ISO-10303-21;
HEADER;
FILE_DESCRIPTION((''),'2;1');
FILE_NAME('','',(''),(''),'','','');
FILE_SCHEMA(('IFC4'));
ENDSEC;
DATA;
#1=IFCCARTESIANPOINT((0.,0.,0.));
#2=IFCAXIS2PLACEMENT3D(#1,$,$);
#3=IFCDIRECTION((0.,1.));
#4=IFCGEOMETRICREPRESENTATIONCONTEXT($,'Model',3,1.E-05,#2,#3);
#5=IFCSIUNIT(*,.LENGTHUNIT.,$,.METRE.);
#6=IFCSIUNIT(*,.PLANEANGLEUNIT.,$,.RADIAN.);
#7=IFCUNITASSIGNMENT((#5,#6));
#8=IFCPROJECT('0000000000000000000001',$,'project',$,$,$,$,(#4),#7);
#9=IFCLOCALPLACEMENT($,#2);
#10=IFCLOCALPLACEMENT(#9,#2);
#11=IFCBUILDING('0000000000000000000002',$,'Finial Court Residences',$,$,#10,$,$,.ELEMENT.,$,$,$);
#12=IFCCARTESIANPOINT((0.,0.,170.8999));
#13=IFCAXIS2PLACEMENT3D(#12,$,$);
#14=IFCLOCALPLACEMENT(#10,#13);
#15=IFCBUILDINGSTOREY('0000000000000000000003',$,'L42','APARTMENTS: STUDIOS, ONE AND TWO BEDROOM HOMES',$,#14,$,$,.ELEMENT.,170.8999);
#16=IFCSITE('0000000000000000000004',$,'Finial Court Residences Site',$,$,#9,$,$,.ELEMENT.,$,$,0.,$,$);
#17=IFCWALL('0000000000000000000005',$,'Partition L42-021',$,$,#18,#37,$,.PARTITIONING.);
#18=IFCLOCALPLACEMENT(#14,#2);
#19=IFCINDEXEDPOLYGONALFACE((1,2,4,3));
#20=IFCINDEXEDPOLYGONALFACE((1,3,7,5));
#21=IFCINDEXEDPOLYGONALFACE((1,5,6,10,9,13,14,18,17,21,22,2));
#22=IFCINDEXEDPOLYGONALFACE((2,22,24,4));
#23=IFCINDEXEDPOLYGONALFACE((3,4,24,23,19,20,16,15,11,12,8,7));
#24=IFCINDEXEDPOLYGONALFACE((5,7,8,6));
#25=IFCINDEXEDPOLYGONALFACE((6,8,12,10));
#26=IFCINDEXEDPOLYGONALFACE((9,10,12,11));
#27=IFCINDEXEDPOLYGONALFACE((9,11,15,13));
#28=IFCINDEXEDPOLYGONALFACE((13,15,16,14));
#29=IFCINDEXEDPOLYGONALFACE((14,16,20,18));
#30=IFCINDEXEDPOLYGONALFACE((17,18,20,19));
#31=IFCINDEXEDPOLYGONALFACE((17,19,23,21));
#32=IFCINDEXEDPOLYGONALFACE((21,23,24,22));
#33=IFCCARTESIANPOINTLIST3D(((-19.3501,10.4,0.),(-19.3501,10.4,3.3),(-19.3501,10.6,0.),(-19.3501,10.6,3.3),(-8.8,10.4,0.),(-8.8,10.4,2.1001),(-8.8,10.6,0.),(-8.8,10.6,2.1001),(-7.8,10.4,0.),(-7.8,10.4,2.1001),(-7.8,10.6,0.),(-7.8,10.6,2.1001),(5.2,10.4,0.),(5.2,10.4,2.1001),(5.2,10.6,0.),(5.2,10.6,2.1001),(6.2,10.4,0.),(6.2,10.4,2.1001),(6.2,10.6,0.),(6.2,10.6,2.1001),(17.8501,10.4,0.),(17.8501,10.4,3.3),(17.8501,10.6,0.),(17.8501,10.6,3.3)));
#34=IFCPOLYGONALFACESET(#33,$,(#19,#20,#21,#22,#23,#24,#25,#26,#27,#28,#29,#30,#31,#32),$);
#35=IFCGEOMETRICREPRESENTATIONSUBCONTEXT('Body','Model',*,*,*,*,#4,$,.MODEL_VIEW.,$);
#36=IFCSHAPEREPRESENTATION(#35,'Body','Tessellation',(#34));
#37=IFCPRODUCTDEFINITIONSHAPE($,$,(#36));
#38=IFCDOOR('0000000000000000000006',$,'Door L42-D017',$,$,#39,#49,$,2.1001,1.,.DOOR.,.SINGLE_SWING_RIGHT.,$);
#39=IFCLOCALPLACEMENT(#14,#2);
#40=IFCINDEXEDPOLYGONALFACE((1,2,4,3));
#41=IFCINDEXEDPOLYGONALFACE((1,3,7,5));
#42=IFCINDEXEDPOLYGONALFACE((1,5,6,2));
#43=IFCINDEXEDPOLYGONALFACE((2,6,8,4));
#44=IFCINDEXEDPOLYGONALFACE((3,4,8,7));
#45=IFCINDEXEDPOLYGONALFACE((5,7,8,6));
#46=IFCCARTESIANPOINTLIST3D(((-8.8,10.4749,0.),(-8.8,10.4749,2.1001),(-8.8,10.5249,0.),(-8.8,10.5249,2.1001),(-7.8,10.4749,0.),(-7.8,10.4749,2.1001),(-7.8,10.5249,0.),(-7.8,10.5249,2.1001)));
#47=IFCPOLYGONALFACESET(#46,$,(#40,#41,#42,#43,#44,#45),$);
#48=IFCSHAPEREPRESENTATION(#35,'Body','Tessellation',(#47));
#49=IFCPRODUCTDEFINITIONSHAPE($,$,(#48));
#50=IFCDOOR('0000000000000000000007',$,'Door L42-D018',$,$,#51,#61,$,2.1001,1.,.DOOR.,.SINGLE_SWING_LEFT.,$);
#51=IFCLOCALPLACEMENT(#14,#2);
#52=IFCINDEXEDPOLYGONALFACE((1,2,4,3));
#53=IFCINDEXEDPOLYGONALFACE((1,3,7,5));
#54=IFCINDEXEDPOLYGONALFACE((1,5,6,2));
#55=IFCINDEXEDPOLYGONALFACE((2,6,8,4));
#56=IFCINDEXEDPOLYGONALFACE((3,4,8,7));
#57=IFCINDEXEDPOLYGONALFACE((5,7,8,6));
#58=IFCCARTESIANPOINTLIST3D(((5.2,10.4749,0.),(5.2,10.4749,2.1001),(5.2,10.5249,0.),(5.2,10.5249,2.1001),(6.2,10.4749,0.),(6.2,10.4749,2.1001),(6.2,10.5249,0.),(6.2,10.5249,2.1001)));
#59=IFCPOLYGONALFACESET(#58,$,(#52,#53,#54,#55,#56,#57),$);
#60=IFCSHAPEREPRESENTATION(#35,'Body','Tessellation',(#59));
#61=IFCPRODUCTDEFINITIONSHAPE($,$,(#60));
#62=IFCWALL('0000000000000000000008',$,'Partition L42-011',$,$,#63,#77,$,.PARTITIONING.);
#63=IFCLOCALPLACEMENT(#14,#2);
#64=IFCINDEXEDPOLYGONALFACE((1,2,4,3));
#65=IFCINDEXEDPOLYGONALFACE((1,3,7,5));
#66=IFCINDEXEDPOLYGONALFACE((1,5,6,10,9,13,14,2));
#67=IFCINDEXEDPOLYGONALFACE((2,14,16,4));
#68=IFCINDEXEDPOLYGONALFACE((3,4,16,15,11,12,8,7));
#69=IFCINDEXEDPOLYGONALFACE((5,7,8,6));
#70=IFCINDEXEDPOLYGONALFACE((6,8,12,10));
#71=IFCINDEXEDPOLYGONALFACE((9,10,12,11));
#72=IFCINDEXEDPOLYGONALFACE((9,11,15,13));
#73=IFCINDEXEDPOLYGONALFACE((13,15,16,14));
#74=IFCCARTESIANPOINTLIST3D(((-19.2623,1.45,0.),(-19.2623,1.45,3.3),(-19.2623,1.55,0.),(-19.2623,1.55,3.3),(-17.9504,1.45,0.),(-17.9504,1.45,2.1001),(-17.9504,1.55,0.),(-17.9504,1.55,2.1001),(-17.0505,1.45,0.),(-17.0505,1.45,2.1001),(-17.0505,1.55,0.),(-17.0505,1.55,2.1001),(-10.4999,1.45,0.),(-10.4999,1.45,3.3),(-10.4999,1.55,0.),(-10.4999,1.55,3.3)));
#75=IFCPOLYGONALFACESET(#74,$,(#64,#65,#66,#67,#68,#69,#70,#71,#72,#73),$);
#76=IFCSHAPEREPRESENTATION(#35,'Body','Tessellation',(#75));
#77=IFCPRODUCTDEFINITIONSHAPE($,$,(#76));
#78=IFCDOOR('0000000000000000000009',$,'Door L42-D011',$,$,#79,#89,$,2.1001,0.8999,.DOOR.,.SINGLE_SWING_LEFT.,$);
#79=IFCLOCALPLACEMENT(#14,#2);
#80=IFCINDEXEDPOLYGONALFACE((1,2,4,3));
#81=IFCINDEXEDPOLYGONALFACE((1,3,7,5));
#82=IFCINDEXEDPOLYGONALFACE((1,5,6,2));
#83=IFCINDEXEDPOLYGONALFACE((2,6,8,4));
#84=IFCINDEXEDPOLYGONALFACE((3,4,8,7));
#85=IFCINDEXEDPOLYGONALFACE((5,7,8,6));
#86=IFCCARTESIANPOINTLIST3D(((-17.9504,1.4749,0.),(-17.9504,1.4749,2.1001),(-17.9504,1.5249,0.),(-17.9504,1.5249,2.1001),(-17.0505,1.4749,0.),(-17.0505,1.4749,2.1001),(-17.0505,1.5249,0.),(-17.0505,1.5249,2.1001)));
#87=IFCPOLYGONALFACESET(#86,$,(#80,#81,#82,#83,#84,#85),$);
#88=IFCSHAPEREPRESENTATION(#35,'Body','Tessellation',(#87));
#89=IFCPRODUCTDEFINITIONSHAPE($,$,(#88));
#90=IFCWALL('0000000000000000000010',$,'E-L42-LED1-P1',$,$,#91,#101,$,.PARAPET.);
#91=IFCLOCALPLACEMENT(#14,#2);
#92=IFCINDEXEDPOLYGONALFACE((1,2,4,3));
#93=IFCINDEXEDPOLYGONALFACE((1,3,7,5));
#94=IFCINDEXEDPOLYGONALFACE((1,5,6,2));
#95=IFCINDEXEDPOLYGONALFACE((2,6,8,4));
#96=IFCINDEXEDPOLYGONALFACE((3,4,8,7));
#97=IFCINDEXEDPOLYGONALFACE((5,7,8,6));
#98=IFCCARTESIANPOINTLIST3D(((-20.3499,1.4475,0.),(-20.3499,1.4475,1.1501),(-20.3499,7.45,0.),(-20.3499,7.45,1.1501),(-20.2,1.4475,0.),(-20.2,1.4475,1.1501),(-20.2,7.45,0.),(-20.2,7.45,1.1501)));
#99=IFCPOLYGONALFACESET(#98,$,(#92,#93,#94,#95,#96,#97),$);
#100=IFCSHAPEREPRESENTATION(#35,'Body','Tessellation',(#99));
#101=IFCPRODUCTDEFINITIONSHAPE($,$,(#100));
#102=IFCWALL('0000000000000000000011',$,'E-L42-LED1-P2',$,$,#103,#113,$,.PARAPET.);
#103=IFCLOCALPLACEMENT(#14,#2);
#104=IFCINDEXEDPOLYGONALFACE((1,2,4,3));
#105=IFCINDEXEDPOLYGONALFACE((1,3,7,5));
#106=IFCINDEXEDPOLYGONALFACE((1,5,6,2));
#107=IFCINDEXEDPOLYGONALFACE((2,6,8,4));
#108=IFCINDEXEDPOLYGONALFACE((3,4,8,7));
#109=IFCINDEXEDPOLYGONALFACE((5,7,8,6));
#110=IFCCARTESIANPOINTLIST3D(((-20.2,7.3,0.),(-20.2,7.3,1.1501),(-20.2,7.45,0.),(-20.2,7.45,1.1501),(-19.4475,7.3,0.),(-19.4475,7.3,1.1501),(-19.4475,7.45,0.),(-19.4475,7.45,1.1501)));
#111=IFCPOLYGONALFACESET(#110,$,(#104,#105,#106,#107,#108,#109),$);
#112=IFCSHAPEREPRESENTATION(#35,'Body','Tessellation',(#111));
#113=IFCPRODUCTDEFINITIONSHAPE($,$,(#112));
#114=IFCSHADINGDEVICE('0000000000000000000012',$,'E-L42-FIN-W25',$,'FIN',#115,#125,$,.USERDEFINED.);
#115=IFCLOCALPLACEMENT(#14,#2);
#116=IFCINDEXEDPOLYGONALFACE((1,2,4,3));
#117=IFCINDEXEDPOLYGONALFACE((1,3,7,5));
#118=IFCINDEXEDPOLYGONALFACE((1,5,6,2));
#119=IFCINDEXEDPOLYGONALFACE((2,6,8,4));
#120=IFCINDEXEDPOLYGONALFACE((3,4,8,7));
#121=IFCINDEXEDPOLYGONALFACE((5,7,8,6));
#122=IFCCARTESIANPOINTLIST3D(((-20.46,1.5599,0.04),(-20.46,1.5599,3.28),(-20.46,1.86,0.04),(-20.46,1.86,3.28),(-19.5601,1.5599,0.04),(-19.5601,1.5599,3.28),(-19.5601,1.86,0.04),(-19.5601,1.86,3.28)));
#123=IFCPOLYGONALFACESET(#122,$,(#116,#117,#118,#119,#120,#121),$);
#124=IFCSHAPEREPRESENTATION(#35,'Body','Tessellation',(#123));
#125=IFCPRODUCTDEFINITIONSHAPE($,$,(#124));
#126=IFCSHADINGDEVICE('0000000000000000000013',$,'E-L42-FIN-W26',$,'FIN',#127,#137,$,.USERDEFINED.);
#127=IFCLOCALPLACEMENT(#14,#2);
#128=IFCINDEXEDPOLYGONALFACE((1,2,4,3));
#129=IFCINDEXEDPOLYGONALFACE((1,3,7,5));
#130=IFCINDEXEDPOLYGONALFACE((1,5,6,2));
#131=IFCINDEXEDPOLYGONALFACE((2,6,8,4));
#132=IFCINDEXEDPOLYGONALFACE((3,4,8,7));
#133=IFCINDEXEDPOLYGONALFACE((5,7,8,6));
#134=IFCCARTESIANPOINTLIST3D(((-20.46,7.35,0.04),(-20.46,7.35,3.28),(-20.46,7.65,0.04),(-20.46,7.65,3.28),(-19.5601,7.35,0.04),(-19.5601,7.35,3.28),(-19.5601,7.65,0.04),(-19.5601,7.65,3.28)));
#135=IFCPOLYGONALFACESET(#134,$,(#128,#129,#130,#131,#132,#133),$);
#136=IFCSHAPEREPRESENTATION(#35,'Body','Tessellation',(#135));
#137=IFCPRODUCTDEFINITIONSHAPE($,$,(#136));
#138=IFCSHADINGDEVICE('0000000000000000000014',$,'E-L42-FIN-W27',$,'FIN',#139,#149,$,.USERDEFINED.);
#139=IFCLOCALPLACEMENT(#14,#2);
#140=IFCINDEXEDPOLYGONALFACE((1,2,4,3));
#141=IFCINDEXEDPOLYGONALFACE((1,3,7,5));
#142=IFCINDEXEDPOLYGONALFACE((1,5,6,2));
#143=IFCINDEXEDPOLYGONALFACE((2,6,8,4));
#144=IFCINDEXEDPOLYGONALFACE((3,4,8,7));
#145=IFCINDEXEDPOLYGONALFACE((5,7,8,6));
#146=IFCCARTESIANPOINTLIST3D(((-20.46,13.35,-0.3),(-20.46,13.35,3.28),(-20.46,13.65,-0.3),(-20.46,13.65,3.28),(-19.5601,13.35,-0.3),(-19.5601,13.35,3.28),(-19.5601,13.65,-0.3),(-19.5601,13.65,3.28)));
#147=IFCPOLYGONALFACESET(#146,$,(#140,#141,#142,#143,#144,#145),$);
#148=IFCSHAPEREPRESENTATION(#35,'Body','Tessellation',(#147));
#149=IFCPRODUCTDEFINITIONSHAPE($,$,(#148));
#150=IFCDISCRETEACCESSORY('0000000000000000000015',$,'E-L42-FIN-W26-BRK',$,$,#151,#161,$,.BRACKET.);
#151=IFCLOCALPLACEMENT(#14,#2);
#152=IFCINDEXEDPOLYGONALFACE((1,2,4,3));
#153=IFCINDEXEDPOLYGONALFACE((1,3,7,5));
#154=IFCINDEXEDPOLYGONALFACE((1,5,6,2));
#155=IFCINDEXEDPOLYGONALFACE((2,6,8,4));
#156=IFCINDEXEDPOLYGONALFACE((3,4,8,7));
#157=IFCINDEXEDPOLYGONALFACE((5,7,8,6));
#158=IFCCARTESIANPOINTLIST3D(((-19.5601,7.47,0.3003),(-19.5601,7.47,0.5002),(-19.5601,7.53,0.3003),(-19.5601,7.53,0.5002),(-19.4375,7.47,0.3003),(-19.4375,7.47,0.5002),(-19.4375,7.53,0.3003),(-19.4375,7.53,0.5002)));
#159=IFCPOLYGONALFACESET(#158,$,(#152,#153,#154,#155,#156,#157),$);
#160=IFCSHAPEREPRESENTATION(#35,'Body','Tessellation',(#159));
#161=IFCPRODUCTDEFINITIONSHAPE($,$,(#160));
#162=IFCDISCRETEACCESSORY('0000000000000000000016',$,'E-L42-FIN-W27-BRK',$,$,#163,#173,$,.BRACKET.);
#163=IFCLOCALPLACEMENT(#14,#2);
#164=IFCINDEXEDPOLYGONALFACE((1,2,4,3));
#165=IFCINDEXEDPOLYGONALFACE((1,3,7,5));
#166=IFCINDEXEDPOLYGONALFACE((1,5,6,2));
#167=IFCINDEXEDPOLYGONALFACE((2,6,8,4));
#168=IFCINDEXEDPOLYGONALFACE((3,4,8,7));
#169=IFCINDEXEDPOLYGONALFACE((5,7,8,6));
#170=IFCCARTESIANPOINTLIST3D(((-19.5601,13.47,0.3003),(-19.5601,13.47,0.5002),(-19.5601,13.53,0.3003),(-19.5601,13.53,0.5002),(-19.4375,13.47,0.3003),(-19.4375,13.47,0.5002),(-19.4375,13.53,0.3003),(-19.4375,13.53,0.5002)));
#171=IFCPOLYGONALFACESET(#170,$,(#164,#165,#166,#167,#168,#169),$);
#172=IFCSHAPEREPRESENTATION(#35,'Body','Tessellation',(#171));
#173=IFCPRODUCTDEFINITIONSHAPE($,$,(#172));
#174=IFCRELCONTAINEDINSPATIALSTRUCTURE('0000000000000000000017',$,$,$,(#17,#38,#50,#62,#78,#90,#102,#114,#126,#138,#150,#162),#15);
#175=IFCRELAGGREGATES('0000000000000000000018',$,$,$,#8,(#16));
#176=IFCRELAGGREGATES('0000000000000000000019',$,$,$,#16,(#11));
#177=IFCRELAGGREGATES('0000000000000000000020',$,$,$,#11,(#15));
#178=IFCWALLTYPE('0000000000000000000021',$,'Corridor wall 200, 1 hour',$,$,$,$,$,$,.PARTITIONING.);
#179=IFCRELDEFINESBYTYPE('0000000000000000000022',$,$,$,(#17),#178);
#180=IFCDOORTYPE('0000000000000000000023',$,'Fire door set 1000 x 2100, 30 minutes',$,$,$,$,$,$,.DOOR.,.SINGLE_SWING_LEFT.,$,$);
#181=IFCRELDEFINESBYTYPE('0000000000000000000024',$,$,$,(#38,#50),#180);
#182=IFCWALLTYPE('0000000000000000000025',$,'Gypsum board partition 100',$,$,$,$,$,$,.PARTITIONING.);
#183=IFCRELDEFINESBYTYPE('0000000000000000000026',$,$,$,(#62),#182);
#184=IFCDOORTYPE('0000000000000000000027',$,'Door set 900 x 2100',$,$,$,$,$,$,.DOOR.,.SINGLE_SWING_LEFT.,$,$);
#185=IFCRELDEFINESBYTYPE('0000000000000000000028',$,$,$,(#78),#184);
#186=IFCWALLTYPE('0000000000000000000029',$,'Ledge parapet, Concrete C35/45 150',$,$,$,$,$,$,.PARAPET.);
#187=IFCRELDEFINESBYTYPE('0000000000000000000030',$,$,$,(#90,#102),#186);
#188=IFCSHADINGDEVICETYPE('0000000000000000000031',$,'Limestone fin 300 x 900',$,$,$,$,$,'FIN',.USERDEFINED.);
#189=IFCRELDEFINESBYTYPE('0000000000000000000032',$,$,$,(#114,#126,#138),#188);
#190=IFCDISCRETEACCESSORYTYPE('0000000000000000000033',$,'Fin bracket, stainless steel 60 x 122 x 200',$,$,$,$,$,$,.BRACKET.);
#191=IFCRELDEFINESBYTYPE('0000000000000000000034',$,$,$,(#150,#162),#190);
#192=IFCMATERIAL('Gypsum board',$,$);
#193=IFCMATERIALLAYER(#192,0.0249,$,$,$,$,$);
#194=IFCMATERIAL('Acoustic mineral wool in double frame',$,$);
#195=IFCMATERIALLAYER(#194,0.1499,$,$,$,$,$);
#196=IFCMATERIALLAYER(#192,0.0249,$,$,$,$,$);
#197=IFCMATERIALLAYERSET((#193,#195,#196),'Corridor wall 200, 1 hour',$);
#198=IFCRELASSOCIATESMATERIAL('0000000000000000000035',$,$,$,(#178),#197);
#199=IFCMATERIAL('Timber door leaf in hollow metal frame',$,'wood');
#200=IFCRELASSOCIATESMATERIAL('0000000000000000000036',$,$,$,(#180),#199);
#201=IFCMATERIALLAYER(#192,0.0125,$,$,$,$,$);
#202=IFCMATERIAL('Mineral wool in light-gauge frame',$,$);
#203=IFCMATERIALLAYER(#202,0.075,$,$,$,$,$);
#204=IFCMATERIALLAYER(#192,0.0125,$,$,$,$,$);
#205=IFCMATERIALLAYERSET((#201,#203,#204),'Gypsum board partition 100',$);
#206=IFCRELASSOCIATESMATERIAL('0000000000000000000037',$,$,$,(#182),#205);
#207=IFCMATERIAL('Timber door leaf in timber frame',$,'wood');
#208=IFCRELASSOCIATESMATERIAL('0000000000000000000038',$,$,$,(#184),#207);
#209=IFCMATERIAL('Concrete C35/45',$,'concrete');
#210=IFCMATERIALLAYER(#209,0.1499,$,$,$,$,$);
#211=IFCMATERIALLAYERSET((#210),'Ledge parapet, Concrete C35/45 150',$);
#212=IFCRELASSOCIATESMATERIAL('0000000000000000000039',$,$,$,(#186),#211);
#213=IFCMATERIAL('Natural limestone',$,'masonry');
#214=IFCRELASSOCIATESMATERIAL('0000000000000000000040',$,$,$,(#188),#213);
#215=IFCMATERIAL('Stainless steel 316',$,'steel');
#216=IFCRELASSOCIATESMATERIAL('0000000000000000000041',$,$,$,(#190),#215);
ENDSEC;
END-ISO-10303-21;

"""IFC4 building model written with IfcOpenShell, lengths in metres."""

from ifc_helpers import new_model, si_unit, direction, frame, frame_2d, origin, origin_2d, place, context, subcontext, project, spatial, rectangle, extrude, material, layer, layer_set, type_object, element, fill, save


model = new_model("IFC4")

# Units and contexts
model_context = context("Model", 3, precision=1e-05, world=origin(), true_north=direction((0.0, 1.0)))
body_context = subcontext(model_context, "Body", "Model", "MODEL_VIEW")
ifc_project = project(units=[si_unit("LENGTHUNIT", "METRE"), si_unit("PLANEANGLEUNIT", "RADIAN")], contexts=[model_context])

# Site, building, storey
site_placement = place(None, origin())
site = spatial("IfcSite", under=ifc_project, at=site_placement, Name="Finial Court Residences Site", CompositionType="ELEMENT", RefElevation=0.0)
building_placement = place(site_placement, origin())
building = spatial("IfcBuilding", under=site, at=building_placement, Name="Finial Court Residences", CompositionType="ELEMENT")
storey_placement = place(building_placement, frame((0.0, 0.0, 170.8999)))
storey = spatial("IfcBuildingStorey", under=building, at=storey_placement, Name="L42", Description="APARTMENTS: STUDIOS, ONE AND TWO BEDROOM HOMES", CompositionType="ELEMENT", Elevation=170.8999)

# Wall, openings, doors
ifc_material_1 = material(Name="Gypsum board")
ifc_layer_1 = layer(ifc_material_1, 0.0249)
ifc_material_2 = material(Name="Acoustic mineral wool in double frame")
ifc_layer_2 = layer(ifc_material_2, 0.1499)
ifc_layer_3 = layer(ifc_material_1, 0.0249)
ifc_layer_set_1 = layer_set([ifc_layer_1, ifc_layer_2, ifc_layer_3], Name="Corridor wall 200, 1 hour")
wall_type_1 = type_object("IfcWallType", Name="Corridor wall 200, 1 hour", PredefinedType="PARTITIONING", material=ifc_layer_set_1)
wall_1_placement = place(storey_placement, frame((-19.3501, 10.5, 0.0), z_axis=(0.0, 0.0, 1.0), x_axis=(1.0, 0.0, 0.0)))
wall_1 = element("IfcWall", 1, at=wall_1_placement, inside=storey, type_object=wall_type_1, Name="Partition L42-021", PredefinedType="PARTITIONING", context=body_context, shape_type="SweptSolid", body=[
    extrude(rectangle(XDim=37.2002, YDim=0.2, at=frame_2d((18.6001, 0.0))), origin(), (0.0, 0.0, 1.0), 3.3),
])
opening_1_placement = place(wall_1_placement, frame((10.55, 0.0, 0.0)))
opening_1 = element("IfcOpeningElement", 2, at=opening_1_placement, cuts=wall_1, PredefinedType="OPENING", context=body_context, shape_type="SweptSolid", body=[
    extrude(rectangle(XDim=1.0, YDim=2.1001, at=frame_2d((0.5, 1.05))), frame((0.0, 0.1099, 0.0), z_axis=(0.0, -1.0, 0.0), x_axis=(1.0, 0.0, 0.0)), (0.0, 0.0, 1.0), 0.22),
])
opening_2_placement = place(wall_1_placement, frame((24.55, 0.0, 0.0)))
opening_2 = element("IfcOpeningElement", 3, at=opening_2_placement, cuts=wall_1, PredefinedType="OPENING", context=body_context, shape_type="SweptSolid", body=[
    extrude(rectangle(XDim=1.0, YDim=2.1001, at=frame_2d((0.5, 1.05))), frame((0.0, 0.1099, 0.0), z_axis=(0.0, -1.0, 0.0), x_axis=(1.0, 0.0, 0.0)), (0.0, 0.0, 1.0), 0.22),
])
ifc_material_3 = material(Name="Timber door leaf in hollow metal frame", Category="wood")
door_type_1 = type_object("IfcDoorType", Name="Fire door set 1000 x 2100, 30 minutes", OperationType="SINGLE_SWING_LEFT", PredefinedType="DOOR", material=ifc_material_3)
door_1_placement = place(opening_1_placement, origin())
door_1 = element("IfcDoor", 4, at=door_1_placement, inside=storey, type_object=door_type_1, Name="Door L42-D017", OperationType="SINGLE_SWING_RIGHT", OverallHeight=2.1001, OverallWidth=1.0, PredefinedType="DOOR", context=body_context, shape_type="SweptSolid", body=[
    extrude(rectangle(XDim=1.0, YDim=2.1001, at=frame_2d((0.5, 1.05))), frame((0.0, 0.0249, 0.0), z_axis=(0.0, -1.0, 0.0), x_axis=(1.0, 0.0, 0.0)), (0.0, 0.0, 1.0), 0.05),
])
fill(opening_1, door_1)
door_2_placement = place(opening_2_placement, origin())
door_2 = element("IfcDoor", 5, at=door_2_placement, inside=storey, type_object=door_type_1, Name="Door L42-D018", OperationType="SINGLE_SWING_LEFT", OverallHeight=2.1001, OverallWidth=1.0, PredefinedType="DOOR", context=body_context, shape_type="SweptSolid", body=[
    extrude(rectangle(XDim=1.0, YDim=2.1001, at=frame_2d((0.5, 1.05))), frame((0.0, 0.0249, 0.0), z_axis=(0.0, -1.0, 0.0), x_axis=(1.0, 0.0, 0.0)), (0.0, 0.0, 1.0), 0.05),
])
fill(opening_2, door_2)

# Wall, opening, door
ifc_layer_4 = layer(ifc_material_1, 0.0125)
ifc_material_4 = material(Name="Mineral wool in light-gauge frame")
ifc_layer_5 = layer(ifc_material_4, 0.075)
ifc_layer_6 = layer(ifc_material_1, 0.0125)
ifc_layer_set_2 = layer_set([ifc_layer_4, ifc_layer_5, ifc_layer_6], Name="Gypsum board partition 100")
wall_type_2 = type_object("IfcWallType", Name="Gypsum board partition 100", PredefinedType="PARTITIONING", material=ifc_layer_set_2)
wall_2_placement = place(storey_placement, frame((-19.2625, 1.5, 0.0), z_axis=(0.0, 0.0, 1.0), x_axis=(1.0, 0.0, 0.0)))
wall_2 = element("IfcWall", 6, at=wall_2_placement, inside=storey, type_object=wall_type_2, Name="Partition L42-011", PredefinedType="PARTITIONING", context=body_context, shape_type="SweptSolid", body=[
    extrude(rectangle(XDim=8.7625, YDim=0.1001, at=frame_2d((4.3813, 0.0))), origin(), (0.0, 0.0, 1.0), 3.3),
])
opening_3_placement = place(wall_2_placement, frame((1.312, 0.0, 0.0)))
opening_3 = element("IfcOpeningElement", 7, at=opening_3_placement, cuts=wall_2, PredefinedType="OPENING", context=body_context, shape_type="SweptSolid", body=[
    extrude(rectangle(XDim=0.8999, YDim=2.1001, at=frame_2d((0.45, 1.05))), frame((0.0, 0.0601, 0.0), z_axis=(0.0, -1.0, 0.0), x_axis=(1.0, 0.0, 0.0)), (0.0, 0.0, 1.0), 0.1201),
])
ifc_material_5 = material(Name="Timber door leaf in timber frame", Category="wood")
door_type_2 = type_object("IfcDoorType", Name="Door set 900 x 2100", OperationType="SINGLE_SWING_LEFT", PredefinedType="DOOR", material=ifc_material_5)
door_3_placement = place(opening_3_placement, origin())
door_3 = element("IfcDoor", 8, at=door_3_placement, inside=storey, type_object=door_type_2, Name="Door L42-D011", OperationType="SINGLE_SWING_LEFT", OverallHeight=2.1001, OverallWidth=0.8999, PredefinedType="DOOR", context=body_context, shape_type="SweptSolid", body=[
    extrude(rectangle(XDim=0.8999, YDim=2.1001, at=frame_2d((0.45, 1.05))), frame((0.0, 0.0249, 0.0), z_axis=(0.0, -1.0, 0.0), x_axis=(1.0, 0.0, 0.0)), (0.0, 0.0, 1.0), 0.05),
])
fill(opening_3, door_3)

# Walls
ifc_material_6 = material(Name="Concrete C35/45", Category="concrete")
ifc_layer_7 = layer(ifc_material_6, 0.1499)
ifc_layer_set_3 = layer_set([ifc_layer_7], Name="Ledge parapet, Concrete C35/45 150")
wall_type_3 = type_object("IfcWallType", Name="Ledge parapet, Concrete C35/45 150", PredefinedType="PARAPET", material=ifc_layer_set_3)
wall_3_placement = place(storey_placement, frame((-20.2749, 1.4475, 0.0), z_axis=(0.0, 0.0, 1.0), x_axis=(0.0, 1.0, 0.0)))
element("IfcWall", 9, at=wall_3_placement, inside=storey, type_object=wall_type_3, Name="E-L42-LED1-P1", PredefinedType="PARAPET", context=body_context, shape_type="SweptSolid", body=[
    extrude(rectangle(XDim=6.0024, YDim=0.1499, at=frame_2d((3.0012, 0.0))), origin(), (0.0, 0.0, 1.0), 1.1501),
])
wall_4_placement = place(storey_placement, frame((-20.2, 7.375, 0.0), z_axis=(0.0, 0.0, 1.0), x_axis=(1.0, 0.0, 0.0)))
element("IfcWall", 10, at=wall_4_placement, inside=storey, type_object=wall_type_3, Name="E-L42-LED1-P2", PredefinedType="PARAPET", context=body_context, shape_type="SweptSolid", body=[
    extrude(rectangle(XDim=0.7524, YDim=0.1499, at=frame_2d((0.3762, 0.0))), origin(), (0.0, 0.0, 1.0), 1.1501),
])

# Shading devices
ifc_material_7 = material(Name="Natural limestone", Category="masonry")
shading_device_type = type_object("IfcShadingDeviceType", Name="Limestone fin 300 x 900", ElementType="FIN", PredefinedType="USERDEFINED", material=ifc_material_7)
for number, where, z_axis, x_axis, name in (
    (11, (-20.01, 1.71, 0.04), (0.0, 0.0, 1.0), (1.0, 0.0, 0.0), "E-L42-FIN-W25"),
    (12, (-20.01, 7.5, 0.04), (0.0, 0.0, 1.0), (1.0, 0.0, 0.0), "E-L42-FIN-W26"),
):
    element("IfcShadingDevice", number, at=place(storey_placement, frame(where, z_axis=z_axis, x_axis=x_axis)), inside=storey, type_object=shading_device_type, Name=name, ObjectType="FIN", PredefinedType="USERDEFINED", context=body_context, shape_type="SweptSolid", body=[
        extrude(rectangle(XDim=0.8999, YDim=0.3, at=origin_2d()), origin(), (0.0, 0.0, 1.0), 3.24),
    ])
shading_device_placement = place(storey_placement, frame((-20.01, 13.5, -0.3), z_axis=(0.0, 0.0, 1.0), x_axis=(1.0, 0.0, 0.0)))
element("IfcShadingDevice", 13, at=shading_device_placement, inside=storey, type_object=shading_device_type, Name="E-L42-FIN-W27", ObjectType="FIN", PredefinedType="USERDEFINED", context=body_context, shape_type="SweptSolid", body=[
    extrude(rectangle(XDim=0.8999, YDim=0.3, at=origin_2d()), origin(), (0.0, 0.0, 1.0), 3.5801),
])

# Discrete accessories
ifc_material_8 = material(Name="Stainless steel 316", Category="steel")
discrete_accessory_type = type_object("IfcDiscreteAccessoryType", Name="Fin bracket, stainless steel 60 x 122 x 200", PredefinedType="BRACKET", material=ifc_material_8)
for number, where, z_axis, x_axis, name in (
    (14, (-19.4988, 7.5, 0.3003), (0.0, 0.0, 1.0), (1.0, 0.0, 0.0), "E-L42-FIN-W26-BRK"),
    (15, (-19.4988, 13.5, 0.3003), (0.0, 0.0, 1.0), (1.0, 0.0, 0.0), "E-L42-FIN-W27-BRK"),
):
    element("IfcDiscreteAccessory", number, at=place(storey_placement, frame(where, z_axis=z_axis, x_axis=x_axis)), inside=storey, type_object=discrete_accessory_type, Name=name, PredefinedType="BRACKET", context=body_context, shape_type="SweptSolid", body=[
        extrude(rectangle(XDim=0.1226, YDim=0.0601, at=origin_2d()), origin(), (0.0, 0.0, 1.0), 0.2),
    ])

save(model, "model.ifc")
